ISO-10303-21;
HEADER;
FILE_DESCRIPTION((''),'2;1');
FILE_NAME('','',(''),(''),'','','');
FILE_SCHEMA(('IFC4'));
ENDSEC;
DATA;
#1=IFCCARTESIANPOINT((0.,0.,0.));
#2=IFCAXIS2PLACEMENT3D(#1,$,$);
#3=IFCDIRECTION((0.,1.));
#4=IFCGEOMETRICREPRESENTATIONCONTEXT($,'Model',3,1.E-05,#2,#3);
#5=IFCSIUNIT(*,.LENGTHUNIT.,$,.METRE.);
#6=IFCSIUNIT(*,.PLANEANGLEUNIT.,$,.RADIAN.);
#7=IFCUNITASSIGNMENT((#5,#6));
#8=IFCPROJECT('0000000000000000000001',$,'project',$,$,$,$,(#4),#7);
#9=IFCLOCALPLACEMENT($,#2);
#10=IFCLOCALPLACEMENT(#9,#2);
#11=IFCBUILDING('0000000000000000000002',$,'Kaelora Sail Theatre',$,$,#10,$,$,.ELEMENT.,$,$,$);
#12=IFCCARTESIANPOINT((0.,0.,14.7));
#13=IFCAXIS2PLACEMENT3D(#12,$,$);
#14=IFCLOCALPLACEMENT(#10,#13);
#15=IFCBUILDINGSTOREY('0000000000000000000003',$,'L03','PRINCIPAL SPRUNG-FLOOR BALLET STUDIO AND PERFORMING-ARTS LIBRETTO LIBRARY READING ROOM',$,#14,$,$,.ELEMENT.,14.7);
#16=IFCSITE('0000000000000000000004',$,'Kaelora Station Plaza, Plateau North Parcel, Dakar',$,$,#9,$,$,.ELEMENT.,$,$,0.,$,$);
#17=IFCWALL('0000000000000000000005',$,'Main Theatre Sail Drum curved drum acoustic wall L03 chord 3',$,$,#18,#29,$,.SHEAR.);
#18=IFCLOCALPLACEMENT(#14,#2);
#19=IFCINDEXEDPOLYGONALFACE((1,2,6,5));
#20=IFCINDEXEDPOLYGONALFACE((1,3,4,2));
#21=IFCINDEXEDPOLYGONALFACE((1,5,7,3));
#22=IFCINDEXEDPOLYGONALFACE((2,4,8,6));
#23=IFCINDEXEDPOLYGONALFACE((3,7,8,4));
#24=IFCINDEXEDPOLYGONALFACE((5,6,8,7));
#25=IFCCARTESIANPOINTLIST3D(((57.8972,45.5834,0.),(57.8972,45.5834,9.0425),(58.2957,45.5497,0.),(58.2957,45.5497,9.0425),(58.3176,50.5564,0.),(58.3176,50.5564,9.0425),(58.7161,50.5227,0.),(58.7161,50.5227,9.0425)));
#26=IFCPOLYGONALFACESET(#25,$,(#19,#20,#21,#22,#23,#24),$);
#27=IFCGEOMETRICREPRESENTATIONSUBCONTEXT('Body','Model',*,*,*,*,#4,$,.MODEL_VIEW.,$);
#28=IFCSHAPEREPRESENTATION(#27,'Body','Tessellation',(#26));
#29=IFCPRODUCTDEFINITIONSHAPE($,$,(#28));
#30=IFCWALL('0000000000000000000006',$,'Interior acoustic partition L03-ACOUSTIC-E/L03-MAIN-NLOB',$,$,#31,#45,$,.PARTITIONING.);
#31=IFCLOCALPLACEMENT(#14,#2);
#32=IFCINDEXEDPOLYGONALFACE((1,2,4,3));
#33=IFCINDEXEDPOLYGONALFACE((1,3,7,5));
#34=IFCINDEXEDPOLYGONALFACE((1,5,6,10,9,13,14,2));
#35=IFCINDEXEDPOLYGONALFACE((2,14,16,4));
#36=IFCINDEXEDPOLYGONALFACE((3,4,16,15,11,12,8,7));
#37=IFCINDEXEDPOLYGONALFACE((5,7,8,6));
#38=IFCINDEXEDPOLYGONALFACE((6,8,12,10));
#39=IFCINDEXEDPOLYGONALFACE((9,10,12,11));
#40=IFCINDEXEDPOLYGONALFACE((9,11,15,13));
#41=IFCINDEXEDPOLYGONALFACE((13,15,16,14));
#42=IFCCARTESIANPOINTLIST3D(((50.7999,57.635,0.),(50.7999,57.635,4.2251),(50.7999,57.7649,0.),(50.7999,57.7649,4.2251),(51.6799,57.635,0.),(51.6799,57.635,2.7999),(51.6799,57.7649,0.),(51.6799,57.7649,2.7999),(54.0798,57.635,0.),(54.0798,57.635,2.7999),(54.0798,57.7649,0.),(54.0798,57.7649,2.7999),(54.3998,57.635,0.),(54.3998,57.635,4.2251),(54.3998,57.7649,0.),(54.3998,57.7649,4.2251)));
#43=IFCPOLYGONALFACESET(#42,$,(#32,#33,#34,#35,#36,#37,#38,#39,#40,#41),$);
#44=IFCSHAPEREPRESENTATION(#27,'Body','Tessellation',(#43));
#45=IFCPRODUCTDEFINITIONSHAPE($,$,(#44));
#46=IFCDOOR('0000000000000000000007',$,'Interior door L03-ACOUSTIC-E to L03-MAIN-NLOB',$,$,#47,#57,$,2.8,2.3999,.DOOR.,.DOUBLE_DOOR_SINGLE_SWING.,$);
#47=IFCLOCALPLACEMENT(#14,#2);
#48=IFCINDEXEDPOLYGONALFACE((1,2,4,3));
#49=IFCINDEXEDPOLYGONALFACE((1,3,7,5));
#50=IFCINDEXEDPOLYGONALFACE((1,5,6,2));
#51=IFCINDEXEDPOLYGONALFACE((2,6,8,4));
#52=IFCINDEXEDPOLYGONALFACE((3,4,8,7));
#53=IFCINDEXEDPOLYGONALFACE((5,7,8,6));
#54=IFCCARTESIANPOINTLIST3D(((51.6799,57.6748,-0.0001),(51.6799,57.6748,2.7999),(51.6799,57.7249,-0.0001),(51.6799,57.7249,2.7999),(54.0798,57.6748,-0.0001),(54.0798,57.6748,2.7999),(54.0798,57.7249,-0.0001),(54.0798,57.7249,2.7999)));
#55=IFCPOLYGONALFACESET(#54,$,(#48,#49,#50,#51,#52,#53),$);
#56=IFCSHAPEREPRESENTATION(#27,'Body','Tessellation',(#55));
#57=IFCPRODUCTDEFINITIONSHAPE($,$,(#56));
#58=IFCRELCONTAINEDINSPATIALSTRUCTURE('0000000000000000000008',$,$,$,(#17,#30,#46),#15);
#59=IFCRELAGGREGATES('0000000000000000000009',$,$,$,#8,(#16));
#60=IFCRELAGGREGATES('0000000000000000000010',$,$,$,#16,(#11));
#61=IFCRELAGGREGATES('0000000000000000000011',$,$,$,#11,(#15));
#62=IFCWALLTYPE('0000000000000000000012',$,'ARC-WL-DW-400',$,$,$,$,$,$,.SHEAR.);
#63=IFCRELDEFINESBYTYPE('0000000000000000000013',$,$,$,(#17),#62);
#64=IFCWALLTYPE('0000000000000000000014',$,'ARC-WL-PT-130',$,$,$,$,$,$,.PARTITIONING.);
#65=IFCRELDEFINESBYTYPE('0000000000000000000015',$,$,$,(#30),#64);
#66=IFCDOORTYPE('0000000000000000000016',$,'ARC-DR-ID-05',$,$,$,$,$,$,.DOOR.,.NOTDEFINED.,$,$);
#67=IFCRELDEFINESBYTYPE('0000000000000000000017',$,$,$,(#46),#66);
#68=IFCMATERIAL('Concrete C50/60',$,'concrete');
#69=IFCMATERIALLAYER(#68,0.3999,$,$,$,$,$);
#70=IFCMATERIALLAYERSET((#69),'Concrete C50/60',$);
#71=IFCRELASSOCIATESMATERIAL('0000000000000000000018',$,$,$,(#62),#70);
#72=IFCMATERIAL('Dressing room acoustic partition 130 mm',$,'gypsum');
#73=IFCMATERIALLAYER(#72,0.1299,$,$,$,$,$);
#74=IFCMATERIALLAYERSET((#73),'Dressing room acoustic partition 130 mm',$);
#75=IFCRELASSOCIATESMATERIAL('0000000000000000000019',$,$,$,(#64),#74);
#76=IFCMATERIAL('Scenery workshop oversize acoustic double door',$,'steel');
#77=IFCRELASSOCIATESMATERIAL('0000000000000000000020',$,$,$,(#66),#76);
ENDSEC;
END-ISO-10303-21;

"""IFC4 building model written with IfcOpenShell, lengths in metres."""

from ifc_helpers import new_model, si_unit, direction, frame, frame_2d, origin, place, context, subcontext, project, spatial, rectangle, extrude, material, layer, layer_set, type_object, element, fill, save


model = new_model("IFC4")

# Units and contexts
model_context = context("Model", 3, precision=1e-05, world=origin(), true_north=direction((0.0, 1.0)))
body_context = subcontext(model_context, "Body", "Model", "MODEL_VIEW")
ifc_project = project(units=[si_unit("LENGTHUNIT", "METRE"), si_unit("PLANEANGLEUNIT", "RADIAN")], contexts=[model_context])

# Site, building, storey
site_placement = place(None, origin())
site = spatial("IfcSite", under=ifc_project, at=site_placement, Name="Kaelora Station Plaza, Plateau North Parcel, Dakar", CompositionType="ELEMENT", RefElevation=0.0)
building_placement = place(site_placement, origin())
building = spatial("IfcBuilding", under=site, at=building_placement, Name="Kaelora Sail Theatre", CompositionType="ELEMENT")
storey_placement = place(building_placement, frame((0.0, 0.0, 14.7)))
storey = spatial("IfcBuildingStorey", under=building, at=storey_placement, Name="L03", Description="PRINCIPAL SPRUNG-FLOOR BALLET STUDIO AND PERFORMING-ARTS LIBRETTO LIBRARY READING ROOM", CompositionType="ELEMENT", Elevation=14.7)

# Wall
ifc_material_1 = material(Name="Concrete C50/60", Category="concrete")
ifc_layer_1 = layer(ifc_material_1, 0.3999)
ifc_layer_set_1 = layer_set([ifc_layer_1], Name="Concrete C50/60")
wall_type_1 = type_object("IfcWallType", Name="ARC-WL-DW-400", PredefinedType="SHEAR", material=ifc_layer_set_1)
wall_1_placement = place(storey_placement, frame((58.5168, 50.5396, 0.0), z_axis=(0.0, 0.0, 1.0), x_axis=(-0.08424, -0.996446, 0.0)))
element("IfcWall", 1, at=wall_1_placement, inside=storey, type_object=wall_type_1, Name="Main Theatre Sail Drum curved drum acoustic wall L03 chord 3", PredefinedType="SHEAR", context=body_context, shape_type="SweptSolid", body=[
    extrude(rectangle(XDim=4.9907, YDim=0.3999, at=frame_2d((2.4954, 0.0))), origin(), (0.0, 0.0, 1.0), 9.0425),
])

# Wall, opening, door
ifc_material_2 = material(Name="Dressing room acoustic partition 130 mm", Category="gypsum")
ifc_layer_2 = layer(ifc_material_2, 0.1299)
ifc_layer_set_2 = layer_set([ifc_layer_2], Name="Dressing room acoustic partition 130 mm")
wall_type_2 = type_object("IfcWallType", Name="ARC-WL-PT-130", PredefinedType="PARTITIONING", material=ifc_layer_set_2)
wall_2_placement = place(storey_placement, frame((50.8, 57.7, 0.0), z_axis=(0.0, 0.0, 1.0), x_axis=(1.0, 0.0, 0.0)))
wall_2 = element("IfcWall", 2, at=wall_2_placement, inside=storey, type_object=wall_type_2, Name="Interior acoustic partition L03-ACOUSTIC-E/L03-MAIN-NLOB", PredefinedType="PARTITIONING", context=body_context, shape_type="SweptSolid", body=[
    extrude(rectangle(XDim=3.5999, YDim=0.1299, at=frame_2d((1.7998, 0.0))), origin(), (0.0, 0.0, 1.0), 4.2251),
])
opening_placement = place(wall_2_placement, frame((0.8799, 0.0, 0.0)))
opening = element("IfcOpeningElement", 3, at=opening_placement, cuts=wall_2, PredefinedType="OPENING", context=body_context, shape_type="SweptSolid", body=[
    extrude(rectangle(XDim=2.3999, YDim=2.8, at=frame_2d((1.2, 1.3999))), frame((0.0, 0.0749, 0.0), z_axis=(0.0, -1.0, 0.0), x_axis=(1.0, 0.0, 0.0)), (0.0, 0.0, 1.0), 0.1499),
])
ifc_material_3 = material(Name="Scenery workshop oversize acoustic double door", Category="steel")
door_type = type_object("IfcDoorType", Name="ARC-DR-ID-05", OperationType="NOTDEFINED", PredefinedType="DOOR", material=ifc_material_3)
door_placement = place(opening_placement, origin())
door = element("IfcDoor", 4, at=door_placement, inside=storey, type_object=door_type, Name="Interior door L03-ACOUSTIC-E to L03-MAIN-NLOB", OperationType="DOUBLE_DOOR_SINGLE_SWING", OverallHeight=2.8, OverallWidth=2.3999, PredefinedType="DOOR", context=body_context, shape_type="SweptSolid", body=[
    extrude(rectangle(XDim=2.3999, YDim=2.8, at=frame_2d((1.2, 1.3999))), frame((0.0, 0.0249, 0.0), z_axis=(0.0, -1.0, 0.0), x_axis=(1.0, 0.0, 0.0)), (0.0, 0.0, 1.0), 0.05),
])
fill(opening, door)

save(model, "model.ifc")
